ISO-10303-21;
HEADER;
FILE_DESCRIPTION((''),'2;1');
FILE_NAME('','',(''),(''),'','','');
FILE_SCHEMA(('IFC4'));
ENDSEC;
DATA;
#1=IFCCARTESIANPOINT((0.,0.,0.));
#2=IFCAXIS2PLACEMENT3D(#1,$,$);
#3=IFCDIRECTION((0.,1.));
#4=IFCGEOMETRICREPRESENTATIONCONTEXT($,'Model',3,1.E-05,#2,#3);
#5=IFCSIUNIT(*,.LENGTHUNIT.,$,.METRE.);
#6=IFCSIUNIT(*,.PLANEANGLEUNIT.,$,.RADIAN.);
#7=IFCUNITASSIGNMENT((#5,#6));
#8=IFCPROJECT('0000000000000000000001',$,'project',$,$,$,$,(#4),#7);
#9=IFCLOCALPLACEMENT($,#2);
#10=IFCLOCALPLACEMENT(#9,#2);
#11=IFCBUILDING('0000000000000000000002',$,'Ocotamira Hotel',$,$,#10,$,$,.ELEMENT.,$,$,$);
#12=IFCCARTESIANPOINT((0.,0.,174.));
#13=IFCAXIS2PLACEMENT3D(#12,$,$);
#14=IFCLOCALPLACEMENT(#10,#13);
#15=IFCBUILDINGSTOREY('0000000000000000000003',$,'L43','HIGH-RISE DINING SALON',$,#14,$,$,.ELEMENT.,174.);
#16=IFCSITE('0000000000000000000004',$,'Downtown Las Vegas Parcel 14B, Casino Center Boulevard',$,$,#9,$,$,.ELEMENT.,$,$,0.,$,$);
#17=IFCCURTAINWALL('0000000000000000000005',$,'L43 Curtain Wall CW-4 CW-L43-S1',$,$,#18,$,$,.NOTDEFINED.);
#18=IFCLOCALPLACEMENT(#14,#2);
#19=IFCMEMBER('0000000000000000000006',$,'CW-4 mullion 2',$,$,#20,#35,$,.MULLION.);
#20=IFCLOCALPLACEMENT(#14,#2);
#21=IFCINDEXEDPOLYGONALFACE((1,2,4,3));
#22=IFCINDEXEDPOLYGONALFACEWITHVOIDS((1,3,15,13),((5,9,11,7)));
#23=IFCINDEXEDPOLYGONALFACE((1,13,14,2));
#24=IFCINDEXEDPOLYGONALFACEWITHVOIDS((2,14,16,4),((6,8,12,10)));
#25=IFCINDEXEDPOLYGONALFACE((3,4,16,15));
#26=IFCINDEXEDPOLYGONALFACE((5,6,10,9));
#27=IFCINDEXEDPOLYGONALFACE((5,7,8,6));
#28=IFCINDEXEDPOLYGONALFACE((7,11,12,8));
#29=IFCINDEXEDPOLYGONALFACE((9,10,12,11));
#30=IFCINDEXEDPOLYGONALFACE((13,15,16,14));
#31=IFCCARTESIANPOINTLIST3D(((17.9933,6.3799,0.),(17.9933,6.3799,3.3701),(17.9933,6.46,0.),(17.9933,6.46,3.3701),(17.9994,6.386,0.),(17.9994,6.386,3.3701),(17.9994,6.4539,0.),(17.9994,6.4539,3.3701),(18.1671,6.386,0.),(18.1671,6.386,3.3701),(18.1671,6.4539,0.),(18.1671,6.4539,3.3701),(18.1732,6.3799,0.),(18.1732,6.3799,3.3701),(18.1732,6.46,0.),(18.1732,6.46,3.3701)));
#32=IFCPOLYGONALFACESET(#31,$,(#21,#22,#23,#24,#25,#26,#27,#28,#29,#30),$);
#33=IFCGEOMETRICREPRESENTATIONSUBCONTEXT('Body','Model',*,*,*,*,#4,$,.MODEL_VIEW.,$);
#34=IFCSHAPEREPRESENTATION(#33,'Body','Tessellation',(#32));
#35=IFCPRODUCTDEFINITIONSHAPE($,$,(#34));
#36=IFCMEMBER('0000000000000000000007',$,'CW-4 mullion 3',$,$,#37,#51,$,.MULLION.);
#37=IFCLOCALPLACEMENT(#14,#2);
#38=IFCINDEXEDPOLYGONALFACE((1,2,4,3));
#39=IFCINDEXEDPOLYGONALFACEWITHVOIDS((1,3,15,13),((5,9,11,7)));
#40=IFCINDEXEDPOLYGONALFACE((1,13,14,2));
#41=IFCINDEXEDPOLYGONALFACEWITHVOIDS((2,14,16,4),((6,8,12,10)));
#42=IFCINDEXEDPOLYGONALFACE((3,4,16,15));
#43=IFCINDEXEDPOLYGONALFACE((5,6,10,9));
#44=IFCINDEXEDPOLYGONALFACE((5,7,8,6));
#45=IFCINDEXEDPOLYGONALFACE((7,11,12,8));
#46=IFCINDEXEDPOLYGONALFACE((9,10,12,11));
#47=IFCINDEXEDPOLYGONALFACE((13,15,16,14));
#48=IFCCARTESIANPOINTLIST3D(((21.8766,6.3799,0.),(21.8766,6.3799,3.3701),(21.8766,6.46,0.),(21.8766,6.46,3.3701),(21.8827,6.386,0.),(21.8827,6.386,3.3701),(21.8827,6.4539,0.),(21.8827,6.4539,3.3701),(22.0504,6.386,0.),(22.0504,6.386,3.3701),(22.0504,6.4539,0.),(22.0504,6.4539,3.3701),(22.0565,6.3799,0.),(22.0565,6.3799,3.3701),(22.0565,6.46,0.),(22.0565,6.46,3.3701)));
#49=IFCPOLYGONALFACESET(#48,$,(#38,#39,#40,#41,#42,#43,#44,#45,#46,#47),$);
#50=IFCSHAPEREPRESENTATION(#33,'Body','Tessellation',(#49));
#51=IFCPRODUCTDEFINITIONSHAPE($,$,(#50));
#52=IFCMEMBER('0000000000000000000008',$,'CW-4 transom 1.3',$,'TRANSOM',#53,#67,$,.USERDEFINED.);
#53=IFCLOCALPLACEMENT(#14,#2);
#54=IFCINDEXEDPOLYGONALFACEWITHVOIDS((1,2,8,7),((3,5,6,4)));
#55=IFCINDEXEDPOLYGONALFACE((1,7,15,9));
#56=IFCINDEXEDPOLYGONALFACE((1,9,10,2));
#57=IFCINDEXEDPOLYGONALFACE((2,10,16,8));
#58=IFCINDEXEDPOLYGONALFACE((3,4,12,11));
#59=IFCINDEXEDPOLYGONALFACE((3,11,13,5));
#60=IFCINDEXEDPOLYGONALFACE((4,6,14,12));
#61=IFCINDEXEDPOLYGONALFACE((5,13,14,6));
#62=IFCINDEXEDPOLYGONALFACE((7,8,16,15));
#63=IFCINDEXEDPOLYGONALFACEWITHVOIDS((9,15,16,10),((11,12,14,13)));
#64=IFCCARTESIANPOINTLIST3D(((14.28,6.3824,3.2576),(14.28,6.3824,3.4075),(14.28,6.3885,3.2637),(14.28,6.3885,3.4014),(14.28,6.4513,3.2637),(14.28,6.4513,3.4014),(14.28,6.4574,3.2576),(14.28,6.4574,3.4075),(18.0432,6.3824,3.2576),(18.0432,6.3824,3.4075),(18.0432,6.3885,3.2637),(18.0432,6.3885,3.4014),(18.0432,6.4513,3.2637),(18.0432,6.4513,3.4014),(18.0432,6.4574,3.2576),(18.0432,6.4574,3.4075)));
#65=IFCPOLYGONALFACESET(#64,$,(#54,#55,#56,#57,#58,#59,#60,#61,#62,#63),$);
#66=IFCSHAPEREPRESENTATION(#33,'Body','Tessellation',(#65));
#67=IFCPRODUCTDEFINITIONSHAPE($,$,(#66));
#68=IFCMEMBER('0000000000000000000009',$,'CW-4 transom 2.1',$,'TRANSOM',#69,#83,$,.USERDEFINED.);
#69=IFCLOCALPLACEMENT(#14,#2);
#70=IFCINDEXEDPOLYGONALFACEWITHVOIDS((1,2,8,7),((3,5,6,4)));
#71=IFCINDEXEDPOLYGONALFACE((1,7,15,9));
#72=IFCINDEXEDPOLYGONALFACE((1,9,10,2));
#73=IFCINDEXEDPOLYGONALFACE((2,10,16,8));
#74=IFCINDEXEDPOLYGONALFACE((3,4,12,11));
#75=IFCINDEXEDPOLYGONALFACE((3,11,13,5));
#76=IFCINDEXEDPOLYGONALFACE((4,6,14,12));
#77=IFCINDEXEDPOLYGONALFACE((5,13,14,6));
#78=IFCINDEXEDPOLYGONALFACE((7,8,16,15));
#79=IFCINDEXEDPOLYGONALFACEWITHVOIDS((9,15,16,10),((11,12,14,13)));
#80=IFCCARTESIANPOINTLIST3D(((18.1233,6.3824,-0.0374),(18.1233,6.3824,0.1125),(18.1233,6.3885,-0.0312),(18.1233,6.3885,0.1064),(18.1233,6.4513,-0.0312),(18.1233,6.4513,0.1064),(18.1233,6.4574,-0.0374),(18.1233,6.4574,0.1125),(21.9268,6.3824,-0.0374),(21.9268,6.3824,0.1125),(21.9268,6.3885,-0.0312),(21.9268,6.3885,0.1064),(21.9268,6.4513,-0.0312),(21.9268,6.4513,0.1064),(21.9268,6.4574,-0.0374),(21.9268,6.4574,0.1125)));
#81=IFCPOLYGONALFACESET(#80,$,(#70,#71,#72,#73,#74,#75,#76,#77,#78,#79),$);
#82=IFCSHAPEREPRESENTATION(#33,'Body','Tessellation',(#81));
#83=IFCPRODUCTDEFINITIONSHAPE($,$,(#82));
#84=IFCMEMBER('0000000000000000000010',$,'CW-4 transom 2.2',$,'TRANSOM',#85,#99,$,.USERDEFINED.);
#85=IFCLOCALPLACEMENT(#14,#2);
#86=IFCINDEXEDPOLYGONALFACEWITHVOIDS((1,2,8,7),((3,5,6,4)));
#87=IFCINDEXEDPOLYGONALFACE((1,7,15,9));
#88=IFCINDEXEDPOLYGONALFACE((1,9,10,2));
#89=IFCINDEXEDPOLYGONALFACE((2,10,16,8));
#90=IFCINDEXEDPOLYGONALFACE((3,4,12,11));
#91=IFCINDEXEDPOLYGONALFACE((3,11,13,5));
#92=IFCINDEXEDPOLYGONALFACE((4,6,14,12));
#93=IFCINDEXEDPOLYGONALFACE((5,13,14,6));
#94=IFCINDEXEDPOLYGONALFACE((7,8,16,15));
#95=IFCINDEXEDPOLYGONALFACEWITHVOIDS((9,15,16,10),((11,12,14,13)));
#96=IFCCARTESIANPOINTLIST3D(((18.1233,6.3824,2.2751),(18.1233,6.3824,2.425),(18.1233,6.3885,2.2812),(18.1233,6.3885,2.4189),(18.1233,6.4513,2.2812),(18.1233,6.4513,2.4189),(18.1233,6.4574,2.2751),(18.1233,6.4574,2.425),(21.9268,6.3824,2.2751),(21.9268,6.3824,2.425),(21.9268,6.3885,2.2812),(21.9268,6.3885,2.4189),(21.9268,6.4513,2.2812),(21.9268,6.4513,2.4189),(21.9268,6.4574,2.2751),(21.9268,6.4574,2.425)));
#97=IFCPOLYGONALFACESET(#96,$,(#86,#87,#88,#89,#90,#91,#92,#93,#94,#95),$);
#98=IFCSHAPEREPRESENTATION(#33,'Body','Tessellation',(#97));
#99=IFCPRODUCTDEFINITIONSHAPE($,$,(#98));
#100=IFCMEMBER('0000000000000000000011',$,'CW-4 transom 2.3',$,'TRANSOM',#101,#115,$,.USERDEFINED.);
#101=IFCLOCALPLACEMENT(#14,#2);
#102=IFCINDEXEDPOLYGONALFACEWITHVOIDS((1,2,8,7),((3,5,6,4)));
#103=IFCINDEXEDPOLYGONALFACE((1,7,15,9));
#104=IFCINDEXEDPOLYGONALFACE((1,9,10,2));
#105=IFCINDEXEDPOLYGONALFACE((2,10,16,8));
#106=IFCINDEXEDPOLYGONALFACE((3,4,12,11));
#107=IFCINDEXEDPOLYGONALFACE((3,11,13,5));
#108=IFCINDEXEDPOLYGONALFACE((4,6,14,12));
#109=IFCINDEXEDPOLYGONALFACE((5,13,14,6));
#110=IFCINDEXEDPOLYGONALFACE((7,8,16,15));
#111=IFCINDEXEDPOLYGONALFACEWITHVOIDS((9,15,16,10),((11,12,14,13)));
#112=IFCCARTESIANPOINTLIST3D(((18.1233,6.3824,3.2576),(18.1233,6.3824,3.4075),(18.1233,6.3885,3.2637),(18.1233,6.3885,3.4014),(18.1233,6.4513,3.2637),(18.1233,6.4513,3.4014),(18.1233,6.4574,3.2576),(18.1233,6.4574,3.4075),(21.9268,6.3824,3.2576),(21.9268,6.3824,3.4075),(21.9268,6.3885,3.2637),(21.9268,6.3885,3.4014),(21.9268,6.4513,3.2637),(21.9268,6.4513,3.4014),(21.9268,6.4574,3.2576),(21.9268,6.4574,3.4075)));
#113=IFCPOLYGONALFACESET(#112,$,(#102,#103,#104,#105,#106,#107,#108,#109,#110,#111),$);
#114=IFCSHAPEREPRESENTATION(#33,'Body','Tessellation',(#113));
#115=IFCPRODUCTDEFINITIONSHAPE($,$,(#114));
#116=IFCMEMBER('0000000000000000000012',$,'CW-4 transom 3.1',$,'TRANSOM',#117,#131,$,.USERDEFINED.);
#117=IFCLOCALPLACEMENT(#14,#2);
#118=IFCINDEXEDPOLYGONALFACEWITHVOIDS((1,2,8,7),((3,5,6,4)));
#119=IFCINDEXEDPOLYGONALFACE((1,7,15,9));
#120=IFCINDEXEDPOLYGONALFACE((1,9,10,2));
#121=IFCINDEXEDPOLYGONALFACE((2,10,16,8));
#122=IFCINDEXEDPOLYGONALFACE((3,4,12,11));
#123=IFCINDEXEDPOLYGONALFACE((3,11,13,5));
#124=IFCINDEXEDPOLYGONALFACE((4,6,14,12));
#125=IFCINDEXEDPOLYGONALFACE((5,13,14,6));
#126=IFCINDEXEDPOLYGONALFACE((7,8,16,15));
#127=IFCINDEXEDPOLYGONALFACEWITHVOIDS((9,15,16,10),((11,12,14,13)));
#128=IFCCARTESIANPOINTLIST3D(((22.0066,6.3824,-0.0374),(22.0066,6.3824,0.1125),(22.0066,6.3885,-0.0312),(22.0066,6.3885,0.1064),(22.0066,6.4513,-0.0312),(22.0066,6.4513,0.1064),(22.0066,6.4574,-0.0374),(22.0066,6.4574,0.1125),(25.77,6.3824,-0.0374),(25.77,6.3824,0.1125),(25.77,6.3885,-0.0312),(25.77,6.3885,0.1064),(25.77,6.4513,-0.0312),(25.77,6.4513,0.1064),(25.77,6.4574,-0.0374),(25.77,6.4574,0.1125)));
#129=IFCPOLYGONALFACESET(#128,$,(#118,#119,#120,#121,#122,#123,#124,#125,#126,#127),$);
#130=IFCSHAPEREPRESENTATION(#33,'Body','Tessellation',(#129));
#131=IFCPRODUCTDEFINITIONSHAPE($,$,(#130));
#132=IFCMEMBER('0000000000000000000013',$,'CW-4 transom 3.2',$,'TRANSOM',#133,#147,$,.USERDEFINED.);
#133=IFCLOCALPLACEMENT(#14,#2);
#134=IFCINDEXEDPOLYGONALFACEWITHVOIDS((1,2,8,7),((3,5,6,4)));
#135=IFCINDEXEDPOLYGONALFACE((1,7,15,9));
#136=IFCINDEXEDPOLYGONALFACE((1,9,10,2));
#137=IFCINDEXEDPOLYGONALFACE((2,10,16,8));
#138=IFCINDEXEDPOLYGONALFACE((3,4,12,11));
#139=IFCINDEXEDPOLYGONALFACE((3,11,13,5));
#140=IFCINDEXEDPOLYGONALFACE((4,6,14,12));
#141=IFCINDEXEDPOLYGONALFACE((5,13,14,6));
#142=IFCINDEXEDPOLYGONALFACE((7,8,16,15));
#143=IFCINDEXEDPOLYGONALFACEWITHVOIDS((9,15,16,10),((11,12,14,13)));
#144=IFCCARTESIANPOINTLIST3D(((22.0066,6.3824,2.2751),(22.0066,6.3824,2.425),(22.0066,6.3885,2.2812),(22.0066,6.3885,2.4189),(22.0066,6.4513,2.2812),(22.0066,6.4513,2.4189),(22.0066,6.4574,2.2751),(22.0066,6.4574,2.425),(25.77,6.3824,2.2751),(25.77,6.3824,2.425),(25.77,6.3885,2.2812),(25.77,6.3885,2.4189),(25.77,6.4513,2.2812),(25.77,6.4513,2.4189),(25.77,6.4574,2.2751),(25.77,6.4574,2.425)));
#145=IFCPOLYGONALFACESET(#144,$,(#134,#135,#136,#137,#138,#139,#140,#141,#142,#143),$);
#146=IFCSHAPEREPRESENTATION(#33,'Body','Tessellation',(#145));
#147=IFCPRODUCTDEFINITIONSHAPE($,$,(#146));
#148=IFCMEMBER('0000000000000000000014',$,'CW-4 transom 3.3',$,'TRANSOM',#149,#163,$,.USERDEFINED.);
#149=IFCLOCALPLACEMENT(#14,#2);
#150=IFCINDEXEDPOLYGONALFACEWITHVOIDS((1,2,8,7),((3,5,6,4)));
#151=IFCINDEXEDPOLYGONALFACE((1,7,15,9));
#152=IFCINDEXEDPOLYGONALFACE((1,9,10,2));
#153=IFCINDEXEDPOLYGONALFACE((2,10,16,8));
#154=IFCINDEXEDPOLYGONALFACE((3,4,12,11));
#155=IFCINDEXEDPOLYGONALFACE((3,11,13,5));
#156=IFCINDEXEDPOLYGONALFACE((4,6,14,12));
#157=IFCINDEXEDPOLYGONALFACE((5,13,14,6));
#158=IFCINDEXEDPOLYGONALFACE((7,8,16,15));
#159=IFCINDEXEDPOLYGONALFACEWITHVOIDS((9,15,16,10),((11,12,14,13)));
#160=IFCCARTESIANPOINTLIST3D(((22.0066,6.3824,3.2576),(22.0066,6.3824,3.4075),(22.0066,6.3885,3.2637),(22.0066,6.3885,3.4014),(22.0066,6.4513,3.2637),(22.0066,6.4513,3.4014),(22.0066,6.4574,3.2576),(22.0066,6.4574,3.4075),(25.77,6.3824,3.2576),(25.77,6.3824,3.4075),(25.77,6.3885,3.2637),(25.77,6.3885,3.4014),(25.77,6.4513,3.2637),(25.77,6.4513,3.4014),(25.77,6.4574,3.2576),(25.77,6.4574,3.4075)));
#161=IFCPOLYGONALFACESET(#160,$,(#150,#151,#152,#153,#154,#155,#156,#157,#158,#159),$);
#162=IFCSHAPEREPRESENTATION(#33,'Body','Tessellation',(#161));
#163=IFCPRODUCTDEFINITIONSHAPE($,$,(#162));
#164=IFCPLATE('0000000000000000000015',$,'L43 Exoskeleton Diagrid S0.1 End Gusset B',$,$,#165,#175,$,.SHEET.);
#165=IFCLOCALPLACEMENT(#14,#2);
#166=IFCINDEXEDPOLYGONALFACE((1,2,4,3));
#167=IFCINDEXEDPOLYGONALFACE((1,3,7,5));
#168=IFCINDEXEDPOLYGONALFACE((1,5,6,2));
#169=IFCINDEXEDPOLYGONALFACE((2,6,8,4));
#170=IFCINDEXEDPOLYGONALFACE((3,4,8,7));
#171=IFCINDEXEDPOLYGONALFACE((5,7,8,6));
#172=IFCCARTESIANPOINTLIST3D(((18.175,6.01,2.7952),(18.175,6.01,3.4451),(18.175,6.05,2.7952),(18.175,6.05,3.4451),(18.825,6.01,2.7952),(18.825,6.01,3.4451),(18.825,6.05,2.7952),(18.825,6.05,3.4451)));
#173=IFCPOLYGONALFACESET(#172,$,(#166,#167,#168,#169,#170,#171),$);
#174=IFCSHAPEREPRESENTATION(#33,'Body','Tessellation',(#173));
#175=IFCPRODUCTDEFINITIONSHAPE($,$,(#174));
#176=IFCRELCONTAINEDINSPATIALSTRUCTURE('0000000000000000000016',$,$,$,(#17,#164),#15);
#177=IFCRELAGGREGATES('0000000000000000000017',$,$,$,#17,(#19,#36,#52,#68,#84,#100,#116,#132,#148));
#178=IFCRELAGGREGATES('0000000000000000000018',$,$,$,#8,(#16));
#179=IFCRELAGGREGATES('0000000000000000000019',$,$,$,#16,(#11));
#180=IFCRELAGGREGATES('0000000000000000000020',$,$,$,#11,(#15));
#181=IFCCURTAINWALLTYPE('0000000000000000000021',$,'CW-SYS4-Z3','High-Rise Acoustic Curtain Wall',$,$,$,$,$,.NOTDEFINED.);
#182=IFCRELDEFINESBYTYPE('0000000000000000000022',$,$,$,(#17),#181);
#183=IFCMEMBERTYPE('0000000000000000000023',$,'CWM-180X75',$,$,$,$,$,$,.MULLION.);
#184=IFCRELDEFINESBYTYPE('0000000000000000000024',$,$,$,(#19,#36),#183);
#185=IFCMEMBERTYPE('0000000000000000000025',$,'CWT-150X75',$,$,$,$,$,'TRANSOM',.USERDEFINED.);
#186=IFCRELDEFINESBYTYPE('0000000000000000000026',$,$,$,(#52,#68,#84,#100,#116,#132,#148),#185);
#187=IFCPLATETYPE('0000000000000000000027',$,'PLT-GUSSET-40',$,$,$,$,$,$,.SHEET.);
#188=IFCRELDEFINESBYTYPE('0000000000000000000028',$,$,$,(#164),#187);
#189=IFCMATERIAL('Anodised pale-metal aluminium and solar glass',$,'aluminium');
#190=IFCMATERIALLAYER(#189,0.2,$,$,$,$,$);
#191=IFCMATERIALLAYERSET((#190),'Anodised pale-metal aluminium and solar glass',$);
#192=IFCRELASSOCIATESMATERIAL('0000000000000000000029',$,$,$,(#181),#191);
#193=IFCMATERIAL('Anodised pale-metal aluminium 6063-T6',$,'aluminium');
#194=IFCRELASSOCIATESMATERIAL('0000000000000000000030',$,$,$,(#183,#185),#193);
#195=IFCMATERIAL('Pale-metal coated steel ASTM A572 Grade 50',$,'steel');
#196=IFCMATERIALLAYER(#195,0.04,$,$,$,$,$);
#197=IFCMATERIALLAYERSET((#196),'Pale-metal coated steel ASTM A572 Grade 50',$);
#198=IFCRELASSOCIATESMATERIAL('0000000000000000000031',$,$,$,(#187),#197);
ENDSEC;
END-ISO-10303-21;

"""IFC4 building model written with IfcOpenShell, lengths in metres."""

from ifc_helpers import new_model, si_unit, direction, frame, origin, origin_2d, place, context, subcontext, project, spatial, rectangle, hollow_rectangle, extrude, source, transform, mapped, material, layer, layer_set, material_profile, profile_set, type_object, element, aggregate, save


model = new_model("IFC4")

# Units and contexts
model_context = context("Model", 3, precision=1e-05, world=origin(), true_north=direction((0.0, 1.0)))
body_context = subcontext(model_context, "Body", "Model", "MODEL_VIEW")
ifc_project = project(units=[si_unit("LENGTHUNIT", "METRE"), si_unit("PLANEANGLEUNIT", "RADIAN")], contexts=[model_context])

# Site, building, storey
site_placement = place(None, origin())
site = spatial("IfcSite", under=ifc_project, at=site_placement, Name="Downtown Las Vegas Parcel 14B, Casino Center Boulevard", CompositionType="ELEMENT", RefElevation=0.0)
building_placement = place(site_placement, origin())
building = spatial("IfcBuilding", under=site, at=building_placement, Name="Ocotamira Hotel", CompositionType="ELEMENT")
storey_placement = place(building_placement, frame((0.0, 0.0, 174.0)))
storey = spatial("IfcBuildingStorey", under=building, at=storey_placement, Name="L43", Description="HIGH-RISE DINING SALON", CompositionType="ELEMENT", Elevation=174.0)

# Curtain wall, members
ifc_material_1 = material(Name="Anodised pale-metal aluminium and solar glass", Category="aluminium")
ifc_layer_1 = layer(ifc_material_1, 0.2)
ifc_layer_set_1 = layer_set([ifc_layer_1], Name="Anodised pale-metal aluminium and solar glass")
curtain_wall_type = type_object("IfcCurtainWallType", Name="CW-SYS4-Z3", Description="High-Rise Acoustic Curtain Wall", PredefinedType="NOTDEFINED", material=ifc_layer_set_1)
curtain_wall_placement = place(storey_placement, origin())
curtain_wall = element("IfcCurtainWall", 1, at=curtain_wall_placement, inside=storey, type_object=curtain_wall_type, Name="L43 Curtain Wall CW-4 CW-L43-S1", PredefinedType="NOTDEFINED")
ifc_material_2 = material(Name="Anodised pale-metal aluminium 6063-T6", Category="aluminium")
ifc_material_profile_1 = material_profile(ifc_material_2, hollow_rectangle(XDim=0.0801, YDim=0.1799, WallThickness=0.0061, at=origin_2d()), Name="HSS180X80X6")
ifc_profile_set_1 = profile_set([ifc_material_profile_1], Name="Anodised pale-metal aluminium 6063-T6")
member_type_1 = type_object("IfcMemberType", Name="CWM-180X75", PredefinedType="MULLION", material=ifc_profile_set_1)
shared_shape_1 = source(origin(), body_context, "Body", "SweptSolid", [
    extrude(hollow_rectangle(XDim=0.0801, YDim=0.1799, WallThickness=0.0061, at=origin_2d()), origin(), (0.0, 0.0, 1.0), 3.3701),
])
member_1_placement = place(storey_placement, frame((18.0833, 6.4199, 0.0), z_axis=(0.0, 0.0, 1.0), x_axis=(0.0, 1.0, 0.0)))
member_1 = element("IfcMember", 2, at=member_1_placement, type_object=member_type_1, Name="CW-4 mullion 2", PredefinedType="MULLION", context=body_context, shape_type="MappedRepresentation", body=[
    mapped(shared_shape_1, transform((0.0, 0.0, 0.0), scale=1.0)),
])
member_2_placement = place(storey_placement, frame((21.9666, 6.4199, 0.0), z_axis=(0.0, 0.0, 1.0), x_axis=(0.0, 1.0, 0.0)))
member_2 = element("IfcMember", 3, at=member_2_placement, type_object=member_type_1, Name="CW-4 mullion 3", PredefinedType="MULLION", context=body_context, shape_type="MappedRepresentation", body=[
    mapped(shared_shape_1, transform((0.0, 0.0, 0.0), scale=1.0)),
])
ifc_material_profile_2 = material_profile(ifc_material_2, hollow_rectangle(XDim=0.075, YDim=0.1499, WallThickness=0.0061, at=origin_2d()), Name="HSS150X75X6")
ifc_profile_set_2 = profile_set([ifc_material_profile_2], Name="Anodised pale-metal aluminium 6063-T6")
member_type_2 = type_object("IfcMemberType", Name="CWT-150X75", ElementType="TRANSOM", PredefinedType="USERDEFINED", material=ifc_profile_set_2)
shared_shape_2 = source(origin(), body_context, "Body", "SweptSolid", [
    extrude(hollow_rectangle(XDim=0.075, YDim=0.1499, WallThickness=0.0061, at=origin_2d()), origin(), (0.0, 0.0, 1.0), 3.7632),
])
member_3_placement = place(storey_placement, frame((14.28, 6.4199, 3.3325), z_axis=(1.0, 0.0, 0.0), x_axis=(0.0, 1.0, 0.0)))
member_3 = element("IfcMember", 4, at=member_3_placement, type_object=member_type_2, Name="CW-4 transom 1.3", ObjectType="TRANSOM", PredefinedType="USERDEFINED", context=body_context, shape_type="MappedRepresentation", body=[
    mapped(shared_shape_2, transform((0.0, 0.0, 0.0), scale=1.0)),
])
shared_shape_3 = source(origin(), body_context, "Body", "SweptSolid", [
    extrude(hollow_rectangle(XDim=0.075, YDim=0.1499, WallThickness=0.0061, at=origin_2d()), origin(), (0.0, 0.0, 1.0), 3.8035),
])
member_4_placement = place(storey_placement, frame((18.1233, 6.4199, 0.0376), z_axis=(1.0, 0.0, 0.0), x_axis=(0.0, 1.0, 0.0)))
member_4 = element("IfcMember", 5, at=member_4_placement, type_object=member_type_2, Name="CW-4 transom 2.1", ObjectType="TRANSOM", PredefinedType="USERDEFINED", context=body_context, shape_type="MappedRepresentation", body=[
    mapped(shared_shape_3, transform((0.0, 0.0, 0.0), scale=1.0)),
])
member_5_placement = place(storey_placement, frame((18.1233, 6.4199, 2.3501), z_axis=(1.0, 0.0, 0.0), x_axis=(0.0, 1.0, 0.0)))
member_5 = element("IfcMember", 6, at=member_5_placement, type_object=member_type_2, Name="CW-4 transom 2.2", ObjectType="TRANSOM", PredefinedType="USERDEFINED", context=body_context, shape_type="MappedRepresentation", body=[
    mapped(shared_shape_3, transform((0.0, 0.0, 0.0), scale=1.0)),
])
member_6_placement = place(storey_placement, frame((18.1233, 6.4199, 3.3325), z_axis=(1.0, 0.0, 0.0), x_axis=(0.0, 1.0, 0.0)))
member_6 = element("IfcMember", 7, at=member_6_placement, type_object=member_type_2, Name="CW-4 transom 2.3", ObjectType="TRANSOM", PredefinedType="USERDEFINED", context=body_context, shape_type="MappedRepresentation", body=[
    mapped(shared_shape_3, transform((0.0, 0.0, 0.0), scale=1.0)),
])
shared_shape_4 = source(origin(), body_context, "Body", "SweptSolid", [
    extrude(hollow_rectangle(XDim=0.075, YDim=0.1499, WallThickness=0.0061, at=origin_2d()), origin(), (0.0, 0.0, 1.0), 3.7634),
])
member_7_placement = place(storey_placement, frame((22.0066, 6.4199, 0.0376), z_axis=(1.0, 0.0, 0.0), x_axis=(0.0, 1.0, 0.0)))
member_7 = element("IfcMember", 8, at=member_7_placement, type_object=member_type_2, Name="CW-4 transom 3.1", ObjectType="TRANSOM", PredefinedType="USERDEFINED", context=body_context, shape_type="MappedRepresentation", body=[
    mapped(shared_shape_4, transform((0.0, 0.0, 0.0), scale=1.0)),
])
member_8_placement = place(storey_placement, frame((22.0066, 6.4199, 2.3501), z_axis=(1.0, 0.0, 0.0), x_axis=(0.0, 1.0, 0.0)))
member_8 = element("IfcMember", 9, at=member_8_placement, type_object=member_type_2, Name="CW-4 transom 3.2", ObjectType="TRANSOM", PredefinedType="USERDEFINED", context=body_context, shape_type="MappedRepresentation", body=[
    mapped(shared_shape_4, transform((0.0, 0.0, 0.0), scale=1.0)),
])
member_9_placement = place(storey_placement, frame((22.0066, 6.4199, 3.3325), z_axis=(1.0, 0.0, 0.0), x_axis=(0.0, 1.0, 0.0)))
member_9 = element("IfcMember", 10, at=member_9_placement, type_object=member_type_2, Name="CW-4 transom 3.3", ObjectType="TRANSOM", PredefinedType="USERDEFINED", context=body_context, shape_type="MappedRepresentation", body=[
    mapped(shared_shape_4, transform((0.0, 0.0, 0.0), scale=1.0)),
])

# Plate
ifc_material_3 = material(Name="Pale-metal coated steel ASTM A572 Grade 50", Category="steel")
ifc_layer_2 = layer(ifc_material_3, 0.04)
ifc_layer_set_2 = layer_set([ifc_layer_2], Name="Pale-metal coated steel ASTM A572 Grade 50")
plate_type_1 = type_object("IfcPlateType", Name="PLT-GUSSET-40", PredefinedType="SHEET", material=ifc_layer_set_2)
shared_shape_5 = source(origin(), body_context, "Body", "SweptSolid", [
    extrude(rectangle(XDim=0.6499, YDim=0.04, at=origin_2d()), origin(), (0.0, 0.0, 1.0), 0.6499),
])
plate_1_placement = place(storey_placement, frame((18.5, 6.03, 2.7952), z_axis=(0.0, 0.0, 1.0), x_axis=(1.0, 0.0, 0.0)))
element("IfcPlate", 11, at=plate_1_placement, inside=storey, type_object=plate_type_1, Name="L43 Exoskeleton Diagrid S0.1 End Gusset B", PredefinedType="SHEET", context=body_context, shape_type="MappedRepresentation", body=[
    mapped(shared_shape_5, transform((0.0, 0.0, 0.0), scale=1.0)),
])
aggregate(curtain_wall, [member_1, member_2, member_3, member_4, member_5, member_6, member_7, member_8, member_9])

save(model, "model.ifc")
